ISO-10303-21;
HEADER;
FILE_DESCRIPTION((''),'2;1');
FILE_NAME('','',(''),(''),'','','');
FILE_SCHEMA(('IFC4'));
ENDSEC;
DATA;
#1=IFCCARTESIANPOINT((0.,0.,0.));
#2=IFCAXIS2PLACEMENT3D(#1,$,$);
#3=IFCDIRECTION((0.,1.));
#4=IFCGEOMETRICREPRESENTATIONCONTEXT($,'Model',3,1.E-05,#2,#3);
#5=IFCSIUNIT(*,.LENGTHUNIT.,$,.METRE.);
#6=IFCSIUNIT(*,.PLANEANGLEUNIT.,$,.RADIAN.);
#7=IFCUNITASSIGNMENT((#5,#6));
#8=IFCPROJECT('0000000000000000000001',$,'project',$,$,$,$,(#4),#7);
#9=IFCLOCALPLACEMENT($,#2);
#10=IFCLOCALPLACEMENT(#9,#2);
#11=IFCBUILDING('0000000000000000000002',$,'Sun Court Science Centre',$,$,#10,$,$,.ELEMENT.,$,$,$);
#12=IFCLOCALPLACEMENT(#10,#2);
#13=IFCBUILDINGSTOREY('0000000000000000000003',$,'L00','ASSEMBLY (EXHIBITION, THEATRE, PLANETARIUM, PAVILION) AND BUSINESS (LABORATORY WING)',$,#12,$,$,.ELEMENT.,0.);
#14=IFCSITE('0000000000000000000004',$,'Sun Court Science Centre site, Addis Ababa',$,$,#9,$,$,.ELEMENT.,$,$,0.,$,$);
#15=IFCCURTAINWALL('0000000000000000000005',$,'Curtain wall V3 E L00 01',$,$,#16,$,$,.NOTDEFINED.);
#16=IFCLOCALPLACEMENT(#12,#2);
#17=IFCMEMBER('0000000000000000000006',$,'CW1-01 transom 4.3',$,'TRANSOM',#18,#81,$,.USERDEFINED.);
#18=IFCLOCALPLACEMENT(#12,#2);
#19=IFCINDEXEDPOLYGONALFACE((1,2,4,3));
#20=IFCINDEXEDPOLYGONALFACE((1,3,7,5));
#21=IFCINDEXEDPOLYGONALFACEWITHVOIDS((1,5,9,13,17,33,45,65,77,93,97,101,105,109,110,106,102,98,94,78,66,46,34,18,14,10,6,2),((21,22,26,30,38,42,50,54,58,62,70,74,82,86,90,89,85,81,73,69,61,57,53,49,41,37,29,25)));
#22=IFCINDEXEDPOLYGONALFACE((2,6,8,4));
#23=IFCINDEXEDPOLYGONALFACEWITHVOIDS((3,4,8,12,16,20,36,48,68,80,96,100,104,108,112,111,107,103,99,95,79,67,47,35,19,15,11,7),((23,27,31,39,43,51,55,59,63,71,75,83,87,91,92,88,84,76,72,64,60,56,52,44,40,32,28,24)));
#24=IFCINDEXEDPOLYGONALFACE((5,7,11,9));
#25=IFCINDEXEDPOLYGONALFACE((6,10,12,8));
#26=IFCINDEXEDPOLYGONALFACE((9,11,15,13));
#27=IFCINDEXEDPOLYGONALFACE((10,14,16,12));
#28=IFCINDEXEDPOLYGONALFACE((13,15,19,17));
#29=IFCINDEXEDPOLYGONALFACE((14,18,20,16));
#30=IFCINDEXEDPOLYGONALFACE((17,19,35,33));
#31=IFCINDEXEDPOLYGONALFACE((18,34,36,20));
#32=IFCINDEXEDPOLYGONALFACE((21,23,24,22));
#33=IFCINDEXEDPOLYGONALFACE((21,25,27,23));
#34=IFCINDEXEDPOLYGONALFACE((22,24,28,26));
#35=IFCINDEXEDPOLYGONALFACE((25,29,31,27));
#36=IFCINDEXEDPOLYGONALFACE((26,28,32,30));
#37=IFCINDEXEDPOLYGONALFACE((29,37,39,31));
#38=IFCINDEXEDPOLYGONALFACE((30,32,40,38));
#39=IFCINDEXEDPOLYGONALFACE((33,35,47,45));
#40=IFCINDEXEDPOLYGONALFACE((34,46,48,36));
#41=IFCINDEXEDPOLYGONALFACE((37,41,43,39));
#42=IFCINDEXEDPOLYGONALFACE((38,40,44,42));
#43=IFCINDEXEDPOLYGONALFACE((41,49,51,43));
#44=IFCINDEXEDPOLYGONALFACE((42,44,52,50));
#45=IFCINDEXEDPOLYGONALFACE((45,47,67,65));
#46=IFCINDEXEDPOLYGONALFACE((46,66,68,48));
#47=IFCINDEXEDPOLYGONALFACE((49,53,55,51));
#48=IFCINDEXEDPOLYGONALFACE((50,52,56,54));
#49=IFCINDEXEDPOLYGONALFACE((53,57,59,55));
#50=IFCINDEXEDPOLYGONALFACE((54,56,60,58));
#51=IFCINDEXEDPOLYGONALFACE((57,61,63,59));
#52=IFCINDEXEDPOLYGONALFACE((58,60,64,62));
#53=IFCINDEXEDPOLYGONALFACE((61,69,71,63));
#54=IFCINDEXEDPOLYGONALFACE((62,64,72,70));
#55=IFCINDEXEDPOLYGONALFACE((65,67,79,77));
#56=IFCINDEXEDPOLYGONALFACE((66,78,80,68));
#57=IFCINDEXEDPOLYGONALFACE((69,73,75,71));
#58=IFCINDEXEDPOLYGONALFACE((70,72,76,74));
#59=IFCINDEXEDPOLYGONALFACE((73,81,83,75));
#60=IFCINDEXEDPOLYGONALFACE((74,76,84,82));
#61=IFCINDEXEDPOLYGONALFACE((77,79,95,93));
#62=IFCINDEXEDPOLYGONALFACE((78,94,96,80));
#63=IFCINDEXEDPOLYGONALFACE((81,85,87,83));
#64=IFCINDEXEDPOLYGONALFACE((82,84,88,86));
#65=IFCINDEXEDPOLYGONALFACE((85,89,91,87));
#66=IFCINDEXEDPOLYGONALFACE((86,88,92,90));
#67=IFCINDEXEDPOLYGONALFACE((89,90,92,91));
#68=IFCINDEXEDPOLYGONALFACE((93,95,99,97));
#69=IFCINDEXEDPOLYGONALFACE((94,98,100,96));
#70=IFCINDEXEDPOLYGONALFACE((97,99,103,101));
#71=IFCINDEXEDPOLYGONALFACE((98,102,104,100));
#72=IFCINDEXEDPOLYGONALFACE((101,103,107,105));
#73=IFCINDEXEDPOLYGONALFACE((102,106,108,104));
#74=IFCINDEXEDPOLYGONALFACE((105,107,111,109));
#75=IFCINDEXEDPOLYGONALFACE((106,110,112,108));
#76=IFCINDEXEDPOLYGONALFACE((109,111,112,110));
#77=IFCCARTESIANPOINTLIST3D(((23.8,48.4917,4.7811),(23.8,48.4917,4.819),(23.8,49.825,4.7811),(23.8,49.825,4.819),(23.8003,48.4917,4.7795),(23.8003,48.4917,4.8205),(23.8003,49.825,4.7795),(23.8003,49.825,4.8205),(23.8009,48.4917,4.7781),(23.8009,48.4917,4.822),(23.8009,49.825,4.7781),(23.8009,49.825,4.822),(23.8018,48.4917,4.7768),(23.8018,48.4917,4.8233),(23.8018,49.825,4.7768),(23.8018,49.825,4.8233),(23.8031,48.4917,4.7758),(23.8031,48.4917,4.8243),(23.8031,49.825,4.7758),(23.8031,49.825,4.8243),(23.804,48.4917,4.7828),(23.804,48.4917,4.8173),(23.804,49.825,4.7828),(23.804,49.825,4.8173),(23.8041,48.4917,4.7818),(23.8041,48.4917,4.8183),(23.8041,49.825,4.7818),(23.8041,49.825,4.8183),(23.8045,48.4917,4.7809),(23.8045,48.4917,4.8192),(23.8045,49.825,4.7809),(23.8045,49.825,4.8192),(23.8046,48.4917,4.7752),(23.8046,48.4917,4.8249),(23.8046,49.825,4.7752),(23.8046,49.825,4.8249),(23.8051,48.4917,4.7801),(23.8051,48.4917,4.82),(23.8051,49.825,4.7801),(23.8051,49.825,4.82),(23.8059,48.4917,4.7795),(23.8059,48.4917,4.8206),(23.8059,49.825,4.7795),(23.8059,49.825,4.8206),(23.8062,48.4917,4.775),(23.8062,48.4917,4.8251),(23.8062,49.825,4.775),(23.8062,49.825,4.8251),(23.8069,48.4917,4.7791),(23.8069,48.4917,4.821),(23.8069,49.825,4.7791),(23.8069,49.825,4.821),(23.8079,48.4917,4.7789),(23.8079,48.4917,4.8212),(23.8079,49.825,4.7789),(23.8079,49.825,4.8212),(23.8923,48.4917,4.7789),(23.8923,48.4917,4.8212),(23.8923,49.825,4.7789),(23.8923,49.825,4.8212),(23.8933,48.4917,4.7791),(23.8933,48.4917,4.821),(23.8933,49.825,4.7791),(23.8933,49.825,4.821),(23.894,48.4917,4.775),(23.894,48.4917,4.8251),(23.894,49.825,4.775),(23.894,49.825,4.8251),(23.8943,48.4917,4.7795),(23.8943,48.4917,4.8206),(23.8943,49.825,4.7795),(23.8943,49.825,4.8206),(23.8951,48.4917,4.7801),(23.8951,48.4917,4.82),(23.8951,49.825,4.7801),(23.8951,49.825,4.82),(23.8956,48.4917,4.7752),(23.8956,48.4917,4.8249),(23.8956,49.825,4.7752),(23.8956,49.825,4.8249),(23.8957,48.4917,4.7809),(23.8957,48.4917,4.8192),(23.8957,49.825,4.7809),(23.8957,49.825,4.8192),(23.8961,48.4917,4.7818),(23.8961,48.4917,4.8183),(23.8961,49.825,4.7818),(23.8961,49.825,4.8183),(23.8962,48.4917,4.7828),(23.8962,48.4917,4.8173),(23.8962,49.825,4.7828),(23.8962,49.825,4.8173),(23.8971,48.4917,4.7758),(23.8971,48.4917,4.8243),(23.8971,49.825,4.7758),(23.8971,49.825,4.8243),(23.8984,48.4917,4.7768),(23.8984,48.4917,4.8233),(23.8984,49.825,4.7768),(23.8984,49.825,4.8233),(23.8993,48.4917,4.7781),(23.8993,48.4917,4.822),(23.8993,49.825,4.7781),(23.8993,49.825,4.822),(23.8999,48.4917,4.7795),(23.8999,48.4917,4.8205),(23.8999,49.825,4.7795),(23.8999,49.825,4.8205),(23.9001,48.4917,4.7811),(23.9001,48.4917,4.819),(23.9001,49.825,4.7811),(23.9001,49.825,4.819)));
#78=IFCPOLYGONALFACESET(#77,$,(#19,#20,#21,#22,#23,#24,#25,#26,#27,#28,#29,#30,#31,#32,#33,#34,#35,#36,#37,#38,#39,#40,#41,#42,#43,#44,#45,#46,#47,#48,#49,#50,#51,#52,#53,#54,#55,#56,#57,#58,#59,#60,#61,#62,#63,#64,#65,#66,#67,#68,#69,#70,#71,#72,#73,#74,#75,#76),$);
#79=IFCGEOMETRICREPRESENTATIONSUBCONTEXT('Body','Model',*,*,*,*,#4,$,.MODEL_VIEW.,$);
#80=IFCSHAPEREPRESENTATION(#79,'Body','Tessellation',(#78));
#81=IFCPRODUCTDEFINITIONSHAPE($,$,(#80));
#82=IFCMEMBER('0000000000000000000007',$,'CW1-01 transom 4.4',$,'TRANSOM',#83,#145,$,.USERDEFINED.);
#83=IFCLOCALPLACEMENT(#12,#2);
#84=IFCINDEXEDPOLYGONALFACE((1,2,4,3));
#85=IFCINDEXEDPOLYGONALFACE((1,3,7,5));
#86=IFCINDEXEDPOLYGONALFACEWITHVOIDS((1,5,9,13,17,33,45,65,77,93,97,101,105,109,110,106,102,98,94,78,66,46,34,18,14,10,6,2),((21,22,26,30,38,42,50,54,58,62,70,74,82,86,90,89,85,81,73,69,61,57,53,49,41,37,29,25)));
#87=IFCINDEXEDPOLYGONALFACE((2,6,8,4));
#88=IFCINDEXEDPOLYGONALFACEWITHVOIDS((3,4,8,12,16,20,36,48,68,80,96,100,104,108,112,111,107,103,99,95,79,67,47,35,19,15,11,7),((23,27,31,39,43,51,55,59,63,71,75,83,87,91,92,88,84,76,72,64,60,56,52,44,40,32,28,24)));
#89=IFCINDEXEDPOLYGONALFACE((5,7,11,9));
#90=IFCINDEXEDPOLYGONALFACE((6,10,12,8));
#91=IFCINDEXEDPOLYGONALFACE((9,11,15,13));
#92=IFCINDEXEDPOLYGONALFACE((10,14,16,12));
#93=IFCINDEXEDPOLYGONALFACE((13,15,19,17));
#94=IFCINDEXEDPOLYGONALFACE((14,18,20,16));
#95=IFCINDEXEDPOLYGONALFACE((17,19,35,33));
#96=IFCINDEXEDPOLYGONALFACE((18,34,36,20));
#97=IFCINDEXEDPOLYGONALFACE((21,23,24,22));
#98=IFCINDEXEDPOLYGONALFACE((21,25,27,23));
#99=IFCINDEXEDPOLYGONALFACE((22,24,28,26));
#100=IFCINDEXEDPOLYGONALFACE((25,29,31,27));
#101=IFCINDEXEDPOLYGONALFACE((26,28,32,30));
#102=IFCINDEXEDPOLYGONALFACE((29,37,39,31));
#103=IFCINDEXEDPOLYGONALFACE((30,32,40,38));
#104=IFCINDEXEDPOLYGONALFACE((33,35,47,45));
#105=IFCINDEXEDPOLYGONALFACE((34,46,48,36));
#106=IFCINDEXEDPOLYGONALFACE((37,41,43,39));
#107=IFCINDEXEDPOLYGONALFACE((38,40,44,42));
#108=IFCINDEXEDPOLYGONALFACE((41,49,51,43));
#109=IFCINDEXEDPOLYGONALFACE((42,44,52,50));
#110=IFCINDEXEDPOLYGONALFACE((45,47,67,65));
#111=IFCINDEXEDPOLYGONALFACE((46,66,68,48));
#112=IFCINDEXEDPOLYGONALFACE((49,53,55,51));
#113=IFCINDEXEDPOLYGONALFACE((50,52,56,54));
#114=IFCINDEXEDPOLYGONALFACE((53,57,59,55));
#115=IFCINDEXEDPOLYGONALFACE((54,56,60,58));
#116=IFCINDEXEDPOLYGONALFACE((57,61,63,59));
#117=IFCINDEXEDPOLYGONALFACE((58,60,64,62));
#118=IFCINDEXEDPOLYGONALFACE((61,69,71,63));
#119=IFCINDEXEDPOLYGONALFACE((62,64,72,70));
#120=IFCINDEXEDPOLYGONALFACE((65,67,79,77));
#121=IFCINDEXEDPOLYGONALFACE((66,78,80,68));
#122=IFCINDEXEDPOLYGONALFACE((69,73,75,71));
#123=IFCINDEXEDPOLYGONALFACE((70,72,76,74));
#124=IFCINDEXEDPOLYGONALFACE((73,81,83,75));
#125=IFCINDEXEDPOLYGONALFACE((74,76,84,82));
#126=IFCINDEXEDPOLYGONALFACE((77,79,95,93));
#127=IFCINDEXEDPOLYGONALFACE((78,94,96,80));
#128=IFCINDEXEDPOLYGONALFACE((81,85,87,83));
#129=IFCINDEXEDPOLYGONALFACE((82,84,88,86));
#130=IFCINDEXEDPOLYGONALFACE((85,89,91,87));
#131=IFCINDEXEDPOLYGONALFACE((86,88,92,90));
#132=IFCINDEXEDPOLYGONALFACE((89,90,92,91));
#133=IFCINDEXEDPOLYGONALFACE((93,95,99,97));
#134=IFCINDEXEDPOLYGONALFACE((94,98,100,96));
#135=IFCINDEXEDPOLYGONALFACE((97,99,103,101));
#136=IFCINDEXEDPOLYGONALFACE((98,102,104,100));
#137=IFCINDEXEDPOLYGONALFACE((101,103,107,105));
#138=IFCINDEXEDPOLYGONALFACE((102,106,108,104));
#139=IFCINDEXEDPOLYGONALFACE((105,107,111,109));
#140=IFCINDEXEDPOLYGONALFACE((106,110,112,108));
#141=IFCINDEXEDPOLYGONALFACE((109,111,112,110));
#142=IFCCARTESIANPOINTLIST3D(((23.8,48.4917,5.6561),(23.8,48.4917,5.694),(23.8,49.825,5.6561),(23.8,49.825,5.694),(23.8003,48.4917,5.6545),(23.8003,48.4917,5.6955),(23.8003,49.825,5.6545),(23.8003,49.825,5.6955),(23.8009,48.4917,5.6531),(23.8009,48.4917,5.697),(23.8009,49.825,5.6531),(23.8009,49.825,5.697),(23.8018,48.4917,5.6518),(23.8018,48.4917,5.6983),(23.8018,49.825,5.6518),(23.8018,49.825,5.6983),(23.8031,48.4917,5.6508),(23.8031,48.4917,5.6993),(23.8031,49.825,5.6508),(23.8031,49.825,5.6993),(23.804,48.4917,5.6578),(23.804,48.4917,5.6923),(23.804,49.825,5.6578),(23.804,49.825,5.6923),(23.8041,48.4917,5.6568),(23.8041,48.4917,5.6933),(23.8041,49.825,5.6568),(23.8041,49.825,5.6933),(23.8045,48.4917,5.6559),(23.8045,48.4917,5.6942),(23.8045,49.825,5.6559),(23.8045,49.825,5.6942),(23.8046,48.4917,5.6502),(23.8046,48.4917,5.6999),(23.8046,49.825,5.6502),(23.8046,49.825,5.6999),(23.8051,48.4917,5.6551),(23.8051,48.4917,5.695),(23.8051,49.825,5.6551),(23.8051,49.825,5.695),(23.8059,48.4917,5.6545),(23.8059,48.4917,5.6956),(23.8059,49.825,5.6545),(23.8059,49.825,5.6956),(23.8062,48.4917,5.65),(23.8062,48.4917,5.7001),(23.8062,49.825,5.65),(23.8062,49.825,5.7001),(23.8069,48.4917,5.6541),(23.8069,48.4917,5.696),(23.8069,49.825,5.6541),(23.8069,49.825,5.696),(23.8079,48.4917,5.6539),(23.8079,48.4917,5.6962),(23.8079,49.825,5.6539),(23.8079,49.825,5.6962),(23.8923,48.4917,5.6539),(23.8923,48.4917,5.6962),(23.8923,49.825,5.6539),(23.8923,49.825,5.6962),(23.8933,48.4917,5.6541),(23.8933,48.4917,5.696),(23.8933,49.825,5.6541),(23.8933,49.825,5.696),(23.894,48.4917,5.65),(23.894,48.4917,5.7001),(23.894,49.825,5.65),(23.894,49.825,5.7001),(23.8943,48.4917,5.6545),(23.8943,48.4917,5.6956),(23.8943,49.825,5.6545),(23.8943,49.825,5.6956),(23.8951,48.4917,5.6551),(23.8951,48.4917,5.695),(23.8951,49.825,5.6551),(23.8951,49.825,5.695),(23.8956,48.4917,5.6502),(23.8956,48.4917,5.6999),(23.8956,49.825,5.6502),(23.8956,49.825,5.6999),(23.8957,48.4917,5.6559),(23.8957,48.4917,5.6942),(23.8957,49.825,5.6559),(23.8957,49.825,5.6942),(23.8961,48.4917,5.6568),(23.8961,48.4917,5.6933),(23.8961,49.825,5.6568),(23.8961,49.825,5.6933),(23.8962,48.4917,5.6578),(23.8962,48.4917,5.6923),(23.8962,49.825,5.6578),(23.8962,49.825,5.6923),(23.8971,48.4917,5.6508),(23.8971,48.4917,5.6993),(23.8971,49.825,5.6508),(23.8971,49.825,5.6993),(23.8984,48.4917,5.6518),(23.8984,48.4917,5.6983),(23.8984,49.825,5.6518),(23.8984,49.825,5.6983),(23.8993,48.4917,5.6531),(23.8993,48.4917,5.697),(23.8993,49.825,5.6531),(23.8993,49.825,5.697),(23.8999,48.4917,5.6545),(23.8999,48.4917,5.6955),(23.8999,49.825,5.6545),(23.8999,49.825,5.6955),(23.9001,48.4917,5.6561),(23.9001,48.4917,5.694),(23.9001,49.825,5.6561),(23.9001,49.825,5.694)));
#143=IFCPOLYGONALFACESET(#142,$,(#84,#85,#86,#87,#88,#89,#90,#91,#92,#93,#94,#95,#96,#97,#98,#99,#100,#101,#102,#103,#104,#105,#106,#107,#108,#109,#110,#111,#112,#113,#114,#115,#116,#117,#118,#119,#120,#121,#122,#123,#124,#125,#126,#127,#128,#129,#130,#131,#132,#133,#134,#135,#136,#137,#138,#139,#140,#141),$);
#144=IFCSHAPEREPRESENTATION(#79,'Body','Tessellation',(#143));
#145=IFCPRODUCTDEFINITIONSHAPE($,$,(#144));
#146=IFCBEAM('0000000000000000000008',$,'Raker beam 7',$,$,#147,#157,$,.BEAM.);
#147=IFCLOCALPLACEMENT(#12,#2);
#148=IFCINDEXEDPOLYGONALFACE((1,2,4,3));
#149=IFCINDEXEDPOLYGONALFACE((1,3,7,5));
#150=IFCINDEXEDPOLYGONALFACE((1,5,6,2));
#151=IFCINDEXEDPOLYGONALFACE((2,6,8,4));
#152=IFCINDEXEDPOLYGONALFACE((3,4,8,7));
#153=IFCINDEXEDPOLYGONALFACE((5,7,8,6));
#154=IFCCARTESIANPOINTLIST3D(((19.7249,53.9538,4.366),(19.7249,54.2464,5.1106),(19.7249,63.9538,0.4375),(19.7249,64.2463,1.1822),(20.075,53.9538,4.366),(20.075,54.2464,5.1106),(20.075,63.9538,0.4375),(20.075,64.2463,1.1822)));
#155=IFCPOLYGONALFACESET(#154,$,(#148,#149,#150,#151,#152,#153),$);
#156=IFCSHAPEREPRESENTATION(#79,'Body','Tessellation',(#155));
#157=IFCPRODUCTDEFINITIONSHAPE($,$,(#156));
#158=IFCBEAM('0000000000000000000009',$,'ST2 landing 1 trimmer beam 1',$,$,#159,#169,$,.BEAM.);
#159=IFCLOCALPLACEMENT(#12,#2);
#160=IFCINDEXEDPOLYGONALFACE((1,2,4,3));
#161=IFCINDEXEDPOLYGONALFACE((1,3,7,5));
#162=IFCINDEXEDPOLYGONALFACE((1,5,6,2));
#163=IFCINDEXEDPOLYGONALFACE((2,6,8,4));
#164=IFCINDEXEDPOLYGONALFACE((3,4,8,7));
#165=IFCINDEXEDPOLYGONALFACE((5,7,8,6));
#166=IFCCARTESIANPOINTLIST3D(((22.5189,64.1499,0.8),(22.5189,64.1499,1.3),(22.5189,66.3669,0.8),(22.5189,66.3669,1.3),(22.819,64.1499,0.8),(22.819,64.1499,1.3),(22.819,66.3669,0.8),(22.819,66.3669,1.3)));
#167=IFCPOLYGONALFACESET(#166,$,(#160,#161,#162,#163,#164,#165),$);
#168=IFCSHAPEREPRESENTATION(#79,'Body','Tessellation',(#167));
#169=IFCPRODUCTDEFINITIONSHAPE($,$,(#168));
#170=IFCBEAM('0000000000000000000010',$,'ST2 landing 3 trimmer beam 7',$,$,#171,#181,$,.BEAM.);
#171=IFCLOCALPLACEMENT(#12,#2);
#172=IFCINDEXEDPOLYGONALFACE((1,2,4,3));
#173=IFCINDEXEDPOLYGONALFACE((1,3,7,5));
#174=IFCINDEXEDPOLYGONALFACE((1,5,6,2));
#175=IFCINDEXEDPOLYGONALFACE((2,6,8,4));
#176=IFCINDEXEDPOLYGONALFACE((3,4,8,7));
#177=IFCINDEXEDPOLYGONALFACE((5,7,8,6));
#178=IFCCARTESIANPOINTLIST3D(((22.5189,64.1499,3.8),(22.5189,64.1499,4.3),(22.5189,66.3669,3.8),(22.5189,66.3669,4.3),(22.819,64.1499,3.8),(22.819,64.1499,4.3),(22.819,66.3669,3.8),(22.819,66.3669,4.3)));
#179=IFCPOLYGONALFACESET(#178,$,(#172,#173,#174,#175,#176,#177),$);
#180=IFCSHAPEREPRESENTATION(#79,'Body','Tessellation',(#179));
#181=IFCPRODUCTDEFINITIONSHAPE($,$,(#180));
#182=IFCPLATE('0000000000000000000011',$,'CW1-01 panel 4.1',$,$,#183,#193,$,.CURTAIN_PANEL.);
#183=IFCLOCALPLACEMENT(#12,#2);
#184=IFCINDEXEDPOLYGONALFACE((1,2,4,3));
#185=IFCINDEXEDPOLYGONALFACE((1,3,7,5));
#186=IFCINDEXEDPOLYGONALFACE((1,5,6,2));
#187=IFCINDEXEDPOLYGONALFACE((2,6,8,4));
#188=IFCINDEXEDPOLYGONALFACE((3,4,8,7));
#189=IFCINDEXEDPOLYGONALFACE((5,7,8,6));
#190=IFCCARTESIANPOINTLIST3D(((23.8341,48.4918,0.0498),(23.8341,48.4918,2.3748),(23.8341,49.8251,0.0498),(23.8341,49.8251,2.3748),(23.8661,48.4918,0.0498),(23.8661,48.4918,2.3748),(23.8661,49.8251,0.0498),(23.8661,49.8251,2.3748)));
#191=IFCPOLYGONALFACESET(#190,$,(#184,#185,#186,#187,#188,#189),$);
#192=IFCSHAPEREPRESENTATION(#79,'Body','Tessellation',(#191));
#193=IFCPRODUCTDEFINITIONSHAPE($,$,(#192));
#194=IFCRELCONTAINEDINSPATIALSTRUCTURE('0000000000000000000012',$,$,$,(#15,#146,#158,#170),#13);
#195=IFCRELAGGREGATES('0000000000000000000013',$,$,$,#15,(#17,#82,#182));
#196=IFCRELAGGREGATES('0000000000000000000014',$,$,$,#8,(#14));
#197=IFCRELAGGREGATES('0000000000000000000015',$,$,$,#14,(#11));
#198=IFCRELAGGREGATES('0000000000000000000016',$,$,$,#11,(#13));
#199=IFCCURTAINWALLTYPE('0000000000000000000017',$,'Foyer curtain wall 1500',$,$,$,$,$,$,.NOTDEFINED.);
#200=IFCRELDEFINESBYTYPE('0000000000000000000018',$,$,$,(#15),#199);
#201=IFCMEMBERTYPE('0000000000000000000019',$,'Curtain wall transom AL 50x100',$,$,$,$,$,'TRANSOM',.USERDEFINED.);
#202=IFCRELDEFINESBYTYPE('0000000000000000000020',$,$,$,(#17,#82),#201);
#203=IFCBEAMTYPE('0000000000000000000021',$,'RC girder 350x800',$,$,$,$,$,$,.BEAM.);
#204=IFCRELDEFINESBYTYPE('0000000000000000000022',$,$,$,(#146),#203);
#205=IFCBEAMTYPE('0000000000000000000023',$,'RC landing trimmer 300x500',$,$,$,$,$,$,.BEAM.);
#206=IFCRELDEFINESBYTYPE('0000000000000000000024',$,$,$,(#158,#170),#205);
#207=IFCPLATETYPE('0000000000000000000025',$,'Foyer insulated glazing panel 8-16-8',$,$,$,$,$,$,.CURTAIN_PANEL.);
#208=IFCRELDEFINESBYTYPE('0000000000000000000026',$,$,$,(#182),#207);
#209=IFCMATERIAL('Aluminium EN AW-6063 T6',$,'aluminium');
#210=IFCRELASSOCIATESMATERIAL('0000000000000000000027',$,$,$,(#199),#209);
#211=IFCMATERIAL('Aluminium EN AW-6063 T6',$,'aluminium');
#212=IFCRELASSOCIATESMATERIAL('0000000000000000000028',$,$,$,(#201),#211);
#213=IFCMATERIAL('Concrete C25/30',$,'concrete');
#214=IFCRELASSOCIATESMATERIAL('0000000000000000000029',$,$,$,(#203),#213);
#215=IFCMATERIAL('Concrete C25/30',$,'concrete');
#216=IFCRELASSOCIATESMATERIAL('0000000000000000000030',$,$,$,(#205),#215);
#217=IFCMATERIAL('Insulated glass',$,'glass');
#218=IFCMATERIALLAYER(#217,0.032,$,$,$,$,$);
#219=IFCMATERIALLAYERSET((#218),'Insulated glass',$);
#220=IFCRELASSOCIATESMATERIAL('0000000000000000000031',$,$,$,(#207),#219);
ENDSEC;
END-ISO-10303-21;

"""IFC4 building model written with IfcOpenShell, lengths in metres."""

from ifc_helpers import new_model, si_unit, direction, frame, origin, origin_2d, place, context, subcontext, project, spatial, rectangle, hollow_rectangle, extrude, material, layer, layer_set, material_profile, profile_set, type_object, element, aggregate, save


model = new_model("IFC4")

# Units and contexts
model_context = context("Model", 3, precision=1e-05, world=origin(), true_north=direction((0.0, 1.0)))
body_context = subcontext(model_context, "Body", "Model", "MODEL_VIEW")
ifc_project = project(units=[si_unit("LENGTHUNIT", "METRE"), si_unit("PLANEANGLEUNIT", "RADIAN")], contexts=[model_context])

# Site, building, storey
site_placement = place(None, origin())
site = spatial("IfcSite", under=ifc_project, at=site_placement, Name="Sun Court Science Centre site, Addis Ababa", CompositionType="ELEMENT", RefElevation=0.0)
building_placement = place(site_placement, origin())
building = spatial("IfcBuilding", under=site, at=building_placement, Name="Sun Court Science Centre", CompositionType="ELEMENT")
storey_placement = place(building_placement, origin())
storey = spatial("IfcBuildingStorey", under=building, at=storey_placement, Name="L00", Description="ASSEMBLY (EXHIBITION, THEATRE, PLANETARIUM, PAVILION) AND BUSINESS (LABORATORY WING)", CompositionType="ELEMENT", Elevation=0.0)

# Curtain wall, members
ifc_material_1 = material(Name="Aluminium EN AW-6063 T6", Category="aluminium")
curtain_wall_type = type_object("IfcCurtainWallType", Name="Foyer curtain wall 1500", PredefinedType="NOTDEFINED", material=ifc_material_1)
curtain_wall_placement = place(storey_placement, origin())
curtain_wall = element("IfcCurtainWall", 1, at=curtain_wall_placement, inside=storey, type_object=curtain_wall_type, Name="Curtain wall V3 E L00 01", PredefinedType="NOTDEFINED")
ifc_material_2 = material(Name="Aluminium EN AW-6063 T6", Category="aluminium")
ifc_material_profile_1 = material_profile(ifc_material_2, hollow_rectangle(XDim=0.05, YDim=0.1001, WallThickness=0.0039, InnerFilletRadius=0.0039, OuterFilletRadius=0.0061, at=origin_2d()), Name="AL 50x100x4")
ifc_profile_set_1 = profile_set([ifc_material_profile_1], Name="Aluminium EN AW-6063 T6")
member_type_1 = type_object("IfcMemberType", Name="Curtain wall transom AL 50x100", ElementType="TRANSOM", PredefinedType="USERDEFINED", material=ifc_profile_set_1)
member_1_placement = place(storey_placement, frame((23.8501, 49.825, 4.8), z_axis=(0.0, -1.0, 0.0), x_axis=(0.0, 0.0, 1.0)))
member_1 = element("IfcMember", 2, at=member_1_placement, type_object=member_type_1, Name="CW1-01 transom 4.3", ObjectType="TRANSOM", PredefinedType="USERDEFINED", context=body_context, shape_type="SweptSolid", body=[
    extrude(hollow_rectangle(XDim=0.05, YDim=0.1001, WallThickness=0.0039, InnerFilletRadius=0.0039, OuterFilletRadius=0.0061, at=origin_2d()), origin(), (0.0, 0.0, 1.0), 1.3333),
])
member_2_placement = place(storey_placement, frame((23.8501, 49.825, 5.675), z_axis=(0.0, -1.0, 0.0), x_axis=(0.0, 0.0, 1.0)))
member_2 = element("IfcMember", 3, at=member_2_placement, type_object=member_type_1, Name="CW1-01 transom 4.4", ObjectType="TRANSOM", PredefinedType="USERDEFINED", context=body_context, shape_type="SweptSolid", body=[
    extrude(hollow_rectangle(XDim=0.05, YDim=0.1001, WallThickness=0.0039, InnerFilletRadius=0.0039, OuterFilletRadius=0.0061, at=origin_2d()), origin(), (0.0, 0.0, 1.0), 1.3333),
])

# Beams
ifc_material_3 = material(Name="Concrete C25/30", Category="concrete")
ifc_material_profile_2 = material_profile(ifc_material_3, rectangle(XDim=0.3501, YDim=0.8, at=origin_2d()), Name="RC 350x800")
ifc_profile_set_2 = profile_set([ifc_material_profile_2], Name="Concrete C25/30")
beam_type_1 = type_object("IfcBeamType", Name="RC girder 350x800", PredefinedType="BEAM", material=ifc_profile_set_2)
beam_placement = place(storey_placement, frame((19.8999, 54.1001, 4.7383), z_axis=(0.0, 0.930755, -0.365644), x_axis=(-1.0, 0.0, 0.0)))
element("IfcBeam", 4, at=beam_placement, inside=storey, type_object=beam_type_1, Name="Raker beam 7", PredefinedType="BEAM", context=body_context, shape_type="SweptSolid", body=[
    extrude(rectangle(XDim=0.3501, YDim=0.8, at=origin_2d()), origin(), (0.0, 0.0, 1.0), 10.7439),
])
ifc_material_4 = material(Name="Concrete C25/30", Category="concrete")
ifc_material_profile_3 = material_profile(ifc_material_4, rectangle(XDim=0.3, YDim=0.5, at=origin_2d()), Name="RC 300x500")
ifc_profile_set_3 = profile_set([ifc_material_profile_3], Name="Concrete C25/30")
beam_type_2 = type_object("IfcBeamType", Name="RC landing trimmer 300x500", PredefinedType="BEAM", material=ifc_profile_set_3)
for number, where, z_axis, x_axis, name in (
    (5, (22.6689, 64.1499, 1.05), (0.0, 1.0, 0.0), (-1.0, 0.0, 0.0), "ST2 landing 1 trimmer beam 1"),
    (6, (22.6689, 64.1499, 4.05), (0.0, 1.0, 0.0), (-1.0, 0.0, 0.0), "ST2 landing 3 trimmer beam 7"),
):
    element("IfcBeam", number, at=place(storey_placement, frame(where, z_axis=z_axis, x_axis=x_axis)), inside=storey, type_object=beam_type_2, Name=name, PredefinedType="BEAM", context=body_context, shape_type="SweptSolid", body=[
        extrude(rectangle(XDim=0.3, YDim=0.5, at=origin_2d()), origin(), (0.0, 0.0, 1.0), 2.217),
    ])

# Plate
ifc_material_5 = material(Name="Insulated glass", Category="glass")
ifc_layer_1 = layer(ifc_material_5, 0.032)
ifc_layer_set_1 = layer_set([ifc_layer_1], Name="Insulated glass")
plate_type = type_object("IfcPlateType", Name="Foyer insulated glazing panel 8-16-8", PredefinedType="CURTAIN_PANEL", material=ifc_layer_set_1)
plate_1_placement = place(storey_placement, frame((23.8501, 49.1584, 0.0498), z_axis=(0.0, 0.0, 1.0), x_axis=(0.0, -1.0, 0.0)))
plate_1 = element("IfcPlate", 7, at=plate_1_placement, type_object=plate_type, Name="CW1-01 panel 4.1", PredefinedType="CURTAIN_PANEL", context=body_context, shape_type="SweptSolid", body=[
    extrude(rectangle(XDim=1.3333, YDim=0.032, at=origin_2d()), origin(), (0.0, 0.0, 1.0), 2.325),
])
aggregate(curtain_wall, [member_1, member_2, plate_1])

save(model, "model.ifc")
